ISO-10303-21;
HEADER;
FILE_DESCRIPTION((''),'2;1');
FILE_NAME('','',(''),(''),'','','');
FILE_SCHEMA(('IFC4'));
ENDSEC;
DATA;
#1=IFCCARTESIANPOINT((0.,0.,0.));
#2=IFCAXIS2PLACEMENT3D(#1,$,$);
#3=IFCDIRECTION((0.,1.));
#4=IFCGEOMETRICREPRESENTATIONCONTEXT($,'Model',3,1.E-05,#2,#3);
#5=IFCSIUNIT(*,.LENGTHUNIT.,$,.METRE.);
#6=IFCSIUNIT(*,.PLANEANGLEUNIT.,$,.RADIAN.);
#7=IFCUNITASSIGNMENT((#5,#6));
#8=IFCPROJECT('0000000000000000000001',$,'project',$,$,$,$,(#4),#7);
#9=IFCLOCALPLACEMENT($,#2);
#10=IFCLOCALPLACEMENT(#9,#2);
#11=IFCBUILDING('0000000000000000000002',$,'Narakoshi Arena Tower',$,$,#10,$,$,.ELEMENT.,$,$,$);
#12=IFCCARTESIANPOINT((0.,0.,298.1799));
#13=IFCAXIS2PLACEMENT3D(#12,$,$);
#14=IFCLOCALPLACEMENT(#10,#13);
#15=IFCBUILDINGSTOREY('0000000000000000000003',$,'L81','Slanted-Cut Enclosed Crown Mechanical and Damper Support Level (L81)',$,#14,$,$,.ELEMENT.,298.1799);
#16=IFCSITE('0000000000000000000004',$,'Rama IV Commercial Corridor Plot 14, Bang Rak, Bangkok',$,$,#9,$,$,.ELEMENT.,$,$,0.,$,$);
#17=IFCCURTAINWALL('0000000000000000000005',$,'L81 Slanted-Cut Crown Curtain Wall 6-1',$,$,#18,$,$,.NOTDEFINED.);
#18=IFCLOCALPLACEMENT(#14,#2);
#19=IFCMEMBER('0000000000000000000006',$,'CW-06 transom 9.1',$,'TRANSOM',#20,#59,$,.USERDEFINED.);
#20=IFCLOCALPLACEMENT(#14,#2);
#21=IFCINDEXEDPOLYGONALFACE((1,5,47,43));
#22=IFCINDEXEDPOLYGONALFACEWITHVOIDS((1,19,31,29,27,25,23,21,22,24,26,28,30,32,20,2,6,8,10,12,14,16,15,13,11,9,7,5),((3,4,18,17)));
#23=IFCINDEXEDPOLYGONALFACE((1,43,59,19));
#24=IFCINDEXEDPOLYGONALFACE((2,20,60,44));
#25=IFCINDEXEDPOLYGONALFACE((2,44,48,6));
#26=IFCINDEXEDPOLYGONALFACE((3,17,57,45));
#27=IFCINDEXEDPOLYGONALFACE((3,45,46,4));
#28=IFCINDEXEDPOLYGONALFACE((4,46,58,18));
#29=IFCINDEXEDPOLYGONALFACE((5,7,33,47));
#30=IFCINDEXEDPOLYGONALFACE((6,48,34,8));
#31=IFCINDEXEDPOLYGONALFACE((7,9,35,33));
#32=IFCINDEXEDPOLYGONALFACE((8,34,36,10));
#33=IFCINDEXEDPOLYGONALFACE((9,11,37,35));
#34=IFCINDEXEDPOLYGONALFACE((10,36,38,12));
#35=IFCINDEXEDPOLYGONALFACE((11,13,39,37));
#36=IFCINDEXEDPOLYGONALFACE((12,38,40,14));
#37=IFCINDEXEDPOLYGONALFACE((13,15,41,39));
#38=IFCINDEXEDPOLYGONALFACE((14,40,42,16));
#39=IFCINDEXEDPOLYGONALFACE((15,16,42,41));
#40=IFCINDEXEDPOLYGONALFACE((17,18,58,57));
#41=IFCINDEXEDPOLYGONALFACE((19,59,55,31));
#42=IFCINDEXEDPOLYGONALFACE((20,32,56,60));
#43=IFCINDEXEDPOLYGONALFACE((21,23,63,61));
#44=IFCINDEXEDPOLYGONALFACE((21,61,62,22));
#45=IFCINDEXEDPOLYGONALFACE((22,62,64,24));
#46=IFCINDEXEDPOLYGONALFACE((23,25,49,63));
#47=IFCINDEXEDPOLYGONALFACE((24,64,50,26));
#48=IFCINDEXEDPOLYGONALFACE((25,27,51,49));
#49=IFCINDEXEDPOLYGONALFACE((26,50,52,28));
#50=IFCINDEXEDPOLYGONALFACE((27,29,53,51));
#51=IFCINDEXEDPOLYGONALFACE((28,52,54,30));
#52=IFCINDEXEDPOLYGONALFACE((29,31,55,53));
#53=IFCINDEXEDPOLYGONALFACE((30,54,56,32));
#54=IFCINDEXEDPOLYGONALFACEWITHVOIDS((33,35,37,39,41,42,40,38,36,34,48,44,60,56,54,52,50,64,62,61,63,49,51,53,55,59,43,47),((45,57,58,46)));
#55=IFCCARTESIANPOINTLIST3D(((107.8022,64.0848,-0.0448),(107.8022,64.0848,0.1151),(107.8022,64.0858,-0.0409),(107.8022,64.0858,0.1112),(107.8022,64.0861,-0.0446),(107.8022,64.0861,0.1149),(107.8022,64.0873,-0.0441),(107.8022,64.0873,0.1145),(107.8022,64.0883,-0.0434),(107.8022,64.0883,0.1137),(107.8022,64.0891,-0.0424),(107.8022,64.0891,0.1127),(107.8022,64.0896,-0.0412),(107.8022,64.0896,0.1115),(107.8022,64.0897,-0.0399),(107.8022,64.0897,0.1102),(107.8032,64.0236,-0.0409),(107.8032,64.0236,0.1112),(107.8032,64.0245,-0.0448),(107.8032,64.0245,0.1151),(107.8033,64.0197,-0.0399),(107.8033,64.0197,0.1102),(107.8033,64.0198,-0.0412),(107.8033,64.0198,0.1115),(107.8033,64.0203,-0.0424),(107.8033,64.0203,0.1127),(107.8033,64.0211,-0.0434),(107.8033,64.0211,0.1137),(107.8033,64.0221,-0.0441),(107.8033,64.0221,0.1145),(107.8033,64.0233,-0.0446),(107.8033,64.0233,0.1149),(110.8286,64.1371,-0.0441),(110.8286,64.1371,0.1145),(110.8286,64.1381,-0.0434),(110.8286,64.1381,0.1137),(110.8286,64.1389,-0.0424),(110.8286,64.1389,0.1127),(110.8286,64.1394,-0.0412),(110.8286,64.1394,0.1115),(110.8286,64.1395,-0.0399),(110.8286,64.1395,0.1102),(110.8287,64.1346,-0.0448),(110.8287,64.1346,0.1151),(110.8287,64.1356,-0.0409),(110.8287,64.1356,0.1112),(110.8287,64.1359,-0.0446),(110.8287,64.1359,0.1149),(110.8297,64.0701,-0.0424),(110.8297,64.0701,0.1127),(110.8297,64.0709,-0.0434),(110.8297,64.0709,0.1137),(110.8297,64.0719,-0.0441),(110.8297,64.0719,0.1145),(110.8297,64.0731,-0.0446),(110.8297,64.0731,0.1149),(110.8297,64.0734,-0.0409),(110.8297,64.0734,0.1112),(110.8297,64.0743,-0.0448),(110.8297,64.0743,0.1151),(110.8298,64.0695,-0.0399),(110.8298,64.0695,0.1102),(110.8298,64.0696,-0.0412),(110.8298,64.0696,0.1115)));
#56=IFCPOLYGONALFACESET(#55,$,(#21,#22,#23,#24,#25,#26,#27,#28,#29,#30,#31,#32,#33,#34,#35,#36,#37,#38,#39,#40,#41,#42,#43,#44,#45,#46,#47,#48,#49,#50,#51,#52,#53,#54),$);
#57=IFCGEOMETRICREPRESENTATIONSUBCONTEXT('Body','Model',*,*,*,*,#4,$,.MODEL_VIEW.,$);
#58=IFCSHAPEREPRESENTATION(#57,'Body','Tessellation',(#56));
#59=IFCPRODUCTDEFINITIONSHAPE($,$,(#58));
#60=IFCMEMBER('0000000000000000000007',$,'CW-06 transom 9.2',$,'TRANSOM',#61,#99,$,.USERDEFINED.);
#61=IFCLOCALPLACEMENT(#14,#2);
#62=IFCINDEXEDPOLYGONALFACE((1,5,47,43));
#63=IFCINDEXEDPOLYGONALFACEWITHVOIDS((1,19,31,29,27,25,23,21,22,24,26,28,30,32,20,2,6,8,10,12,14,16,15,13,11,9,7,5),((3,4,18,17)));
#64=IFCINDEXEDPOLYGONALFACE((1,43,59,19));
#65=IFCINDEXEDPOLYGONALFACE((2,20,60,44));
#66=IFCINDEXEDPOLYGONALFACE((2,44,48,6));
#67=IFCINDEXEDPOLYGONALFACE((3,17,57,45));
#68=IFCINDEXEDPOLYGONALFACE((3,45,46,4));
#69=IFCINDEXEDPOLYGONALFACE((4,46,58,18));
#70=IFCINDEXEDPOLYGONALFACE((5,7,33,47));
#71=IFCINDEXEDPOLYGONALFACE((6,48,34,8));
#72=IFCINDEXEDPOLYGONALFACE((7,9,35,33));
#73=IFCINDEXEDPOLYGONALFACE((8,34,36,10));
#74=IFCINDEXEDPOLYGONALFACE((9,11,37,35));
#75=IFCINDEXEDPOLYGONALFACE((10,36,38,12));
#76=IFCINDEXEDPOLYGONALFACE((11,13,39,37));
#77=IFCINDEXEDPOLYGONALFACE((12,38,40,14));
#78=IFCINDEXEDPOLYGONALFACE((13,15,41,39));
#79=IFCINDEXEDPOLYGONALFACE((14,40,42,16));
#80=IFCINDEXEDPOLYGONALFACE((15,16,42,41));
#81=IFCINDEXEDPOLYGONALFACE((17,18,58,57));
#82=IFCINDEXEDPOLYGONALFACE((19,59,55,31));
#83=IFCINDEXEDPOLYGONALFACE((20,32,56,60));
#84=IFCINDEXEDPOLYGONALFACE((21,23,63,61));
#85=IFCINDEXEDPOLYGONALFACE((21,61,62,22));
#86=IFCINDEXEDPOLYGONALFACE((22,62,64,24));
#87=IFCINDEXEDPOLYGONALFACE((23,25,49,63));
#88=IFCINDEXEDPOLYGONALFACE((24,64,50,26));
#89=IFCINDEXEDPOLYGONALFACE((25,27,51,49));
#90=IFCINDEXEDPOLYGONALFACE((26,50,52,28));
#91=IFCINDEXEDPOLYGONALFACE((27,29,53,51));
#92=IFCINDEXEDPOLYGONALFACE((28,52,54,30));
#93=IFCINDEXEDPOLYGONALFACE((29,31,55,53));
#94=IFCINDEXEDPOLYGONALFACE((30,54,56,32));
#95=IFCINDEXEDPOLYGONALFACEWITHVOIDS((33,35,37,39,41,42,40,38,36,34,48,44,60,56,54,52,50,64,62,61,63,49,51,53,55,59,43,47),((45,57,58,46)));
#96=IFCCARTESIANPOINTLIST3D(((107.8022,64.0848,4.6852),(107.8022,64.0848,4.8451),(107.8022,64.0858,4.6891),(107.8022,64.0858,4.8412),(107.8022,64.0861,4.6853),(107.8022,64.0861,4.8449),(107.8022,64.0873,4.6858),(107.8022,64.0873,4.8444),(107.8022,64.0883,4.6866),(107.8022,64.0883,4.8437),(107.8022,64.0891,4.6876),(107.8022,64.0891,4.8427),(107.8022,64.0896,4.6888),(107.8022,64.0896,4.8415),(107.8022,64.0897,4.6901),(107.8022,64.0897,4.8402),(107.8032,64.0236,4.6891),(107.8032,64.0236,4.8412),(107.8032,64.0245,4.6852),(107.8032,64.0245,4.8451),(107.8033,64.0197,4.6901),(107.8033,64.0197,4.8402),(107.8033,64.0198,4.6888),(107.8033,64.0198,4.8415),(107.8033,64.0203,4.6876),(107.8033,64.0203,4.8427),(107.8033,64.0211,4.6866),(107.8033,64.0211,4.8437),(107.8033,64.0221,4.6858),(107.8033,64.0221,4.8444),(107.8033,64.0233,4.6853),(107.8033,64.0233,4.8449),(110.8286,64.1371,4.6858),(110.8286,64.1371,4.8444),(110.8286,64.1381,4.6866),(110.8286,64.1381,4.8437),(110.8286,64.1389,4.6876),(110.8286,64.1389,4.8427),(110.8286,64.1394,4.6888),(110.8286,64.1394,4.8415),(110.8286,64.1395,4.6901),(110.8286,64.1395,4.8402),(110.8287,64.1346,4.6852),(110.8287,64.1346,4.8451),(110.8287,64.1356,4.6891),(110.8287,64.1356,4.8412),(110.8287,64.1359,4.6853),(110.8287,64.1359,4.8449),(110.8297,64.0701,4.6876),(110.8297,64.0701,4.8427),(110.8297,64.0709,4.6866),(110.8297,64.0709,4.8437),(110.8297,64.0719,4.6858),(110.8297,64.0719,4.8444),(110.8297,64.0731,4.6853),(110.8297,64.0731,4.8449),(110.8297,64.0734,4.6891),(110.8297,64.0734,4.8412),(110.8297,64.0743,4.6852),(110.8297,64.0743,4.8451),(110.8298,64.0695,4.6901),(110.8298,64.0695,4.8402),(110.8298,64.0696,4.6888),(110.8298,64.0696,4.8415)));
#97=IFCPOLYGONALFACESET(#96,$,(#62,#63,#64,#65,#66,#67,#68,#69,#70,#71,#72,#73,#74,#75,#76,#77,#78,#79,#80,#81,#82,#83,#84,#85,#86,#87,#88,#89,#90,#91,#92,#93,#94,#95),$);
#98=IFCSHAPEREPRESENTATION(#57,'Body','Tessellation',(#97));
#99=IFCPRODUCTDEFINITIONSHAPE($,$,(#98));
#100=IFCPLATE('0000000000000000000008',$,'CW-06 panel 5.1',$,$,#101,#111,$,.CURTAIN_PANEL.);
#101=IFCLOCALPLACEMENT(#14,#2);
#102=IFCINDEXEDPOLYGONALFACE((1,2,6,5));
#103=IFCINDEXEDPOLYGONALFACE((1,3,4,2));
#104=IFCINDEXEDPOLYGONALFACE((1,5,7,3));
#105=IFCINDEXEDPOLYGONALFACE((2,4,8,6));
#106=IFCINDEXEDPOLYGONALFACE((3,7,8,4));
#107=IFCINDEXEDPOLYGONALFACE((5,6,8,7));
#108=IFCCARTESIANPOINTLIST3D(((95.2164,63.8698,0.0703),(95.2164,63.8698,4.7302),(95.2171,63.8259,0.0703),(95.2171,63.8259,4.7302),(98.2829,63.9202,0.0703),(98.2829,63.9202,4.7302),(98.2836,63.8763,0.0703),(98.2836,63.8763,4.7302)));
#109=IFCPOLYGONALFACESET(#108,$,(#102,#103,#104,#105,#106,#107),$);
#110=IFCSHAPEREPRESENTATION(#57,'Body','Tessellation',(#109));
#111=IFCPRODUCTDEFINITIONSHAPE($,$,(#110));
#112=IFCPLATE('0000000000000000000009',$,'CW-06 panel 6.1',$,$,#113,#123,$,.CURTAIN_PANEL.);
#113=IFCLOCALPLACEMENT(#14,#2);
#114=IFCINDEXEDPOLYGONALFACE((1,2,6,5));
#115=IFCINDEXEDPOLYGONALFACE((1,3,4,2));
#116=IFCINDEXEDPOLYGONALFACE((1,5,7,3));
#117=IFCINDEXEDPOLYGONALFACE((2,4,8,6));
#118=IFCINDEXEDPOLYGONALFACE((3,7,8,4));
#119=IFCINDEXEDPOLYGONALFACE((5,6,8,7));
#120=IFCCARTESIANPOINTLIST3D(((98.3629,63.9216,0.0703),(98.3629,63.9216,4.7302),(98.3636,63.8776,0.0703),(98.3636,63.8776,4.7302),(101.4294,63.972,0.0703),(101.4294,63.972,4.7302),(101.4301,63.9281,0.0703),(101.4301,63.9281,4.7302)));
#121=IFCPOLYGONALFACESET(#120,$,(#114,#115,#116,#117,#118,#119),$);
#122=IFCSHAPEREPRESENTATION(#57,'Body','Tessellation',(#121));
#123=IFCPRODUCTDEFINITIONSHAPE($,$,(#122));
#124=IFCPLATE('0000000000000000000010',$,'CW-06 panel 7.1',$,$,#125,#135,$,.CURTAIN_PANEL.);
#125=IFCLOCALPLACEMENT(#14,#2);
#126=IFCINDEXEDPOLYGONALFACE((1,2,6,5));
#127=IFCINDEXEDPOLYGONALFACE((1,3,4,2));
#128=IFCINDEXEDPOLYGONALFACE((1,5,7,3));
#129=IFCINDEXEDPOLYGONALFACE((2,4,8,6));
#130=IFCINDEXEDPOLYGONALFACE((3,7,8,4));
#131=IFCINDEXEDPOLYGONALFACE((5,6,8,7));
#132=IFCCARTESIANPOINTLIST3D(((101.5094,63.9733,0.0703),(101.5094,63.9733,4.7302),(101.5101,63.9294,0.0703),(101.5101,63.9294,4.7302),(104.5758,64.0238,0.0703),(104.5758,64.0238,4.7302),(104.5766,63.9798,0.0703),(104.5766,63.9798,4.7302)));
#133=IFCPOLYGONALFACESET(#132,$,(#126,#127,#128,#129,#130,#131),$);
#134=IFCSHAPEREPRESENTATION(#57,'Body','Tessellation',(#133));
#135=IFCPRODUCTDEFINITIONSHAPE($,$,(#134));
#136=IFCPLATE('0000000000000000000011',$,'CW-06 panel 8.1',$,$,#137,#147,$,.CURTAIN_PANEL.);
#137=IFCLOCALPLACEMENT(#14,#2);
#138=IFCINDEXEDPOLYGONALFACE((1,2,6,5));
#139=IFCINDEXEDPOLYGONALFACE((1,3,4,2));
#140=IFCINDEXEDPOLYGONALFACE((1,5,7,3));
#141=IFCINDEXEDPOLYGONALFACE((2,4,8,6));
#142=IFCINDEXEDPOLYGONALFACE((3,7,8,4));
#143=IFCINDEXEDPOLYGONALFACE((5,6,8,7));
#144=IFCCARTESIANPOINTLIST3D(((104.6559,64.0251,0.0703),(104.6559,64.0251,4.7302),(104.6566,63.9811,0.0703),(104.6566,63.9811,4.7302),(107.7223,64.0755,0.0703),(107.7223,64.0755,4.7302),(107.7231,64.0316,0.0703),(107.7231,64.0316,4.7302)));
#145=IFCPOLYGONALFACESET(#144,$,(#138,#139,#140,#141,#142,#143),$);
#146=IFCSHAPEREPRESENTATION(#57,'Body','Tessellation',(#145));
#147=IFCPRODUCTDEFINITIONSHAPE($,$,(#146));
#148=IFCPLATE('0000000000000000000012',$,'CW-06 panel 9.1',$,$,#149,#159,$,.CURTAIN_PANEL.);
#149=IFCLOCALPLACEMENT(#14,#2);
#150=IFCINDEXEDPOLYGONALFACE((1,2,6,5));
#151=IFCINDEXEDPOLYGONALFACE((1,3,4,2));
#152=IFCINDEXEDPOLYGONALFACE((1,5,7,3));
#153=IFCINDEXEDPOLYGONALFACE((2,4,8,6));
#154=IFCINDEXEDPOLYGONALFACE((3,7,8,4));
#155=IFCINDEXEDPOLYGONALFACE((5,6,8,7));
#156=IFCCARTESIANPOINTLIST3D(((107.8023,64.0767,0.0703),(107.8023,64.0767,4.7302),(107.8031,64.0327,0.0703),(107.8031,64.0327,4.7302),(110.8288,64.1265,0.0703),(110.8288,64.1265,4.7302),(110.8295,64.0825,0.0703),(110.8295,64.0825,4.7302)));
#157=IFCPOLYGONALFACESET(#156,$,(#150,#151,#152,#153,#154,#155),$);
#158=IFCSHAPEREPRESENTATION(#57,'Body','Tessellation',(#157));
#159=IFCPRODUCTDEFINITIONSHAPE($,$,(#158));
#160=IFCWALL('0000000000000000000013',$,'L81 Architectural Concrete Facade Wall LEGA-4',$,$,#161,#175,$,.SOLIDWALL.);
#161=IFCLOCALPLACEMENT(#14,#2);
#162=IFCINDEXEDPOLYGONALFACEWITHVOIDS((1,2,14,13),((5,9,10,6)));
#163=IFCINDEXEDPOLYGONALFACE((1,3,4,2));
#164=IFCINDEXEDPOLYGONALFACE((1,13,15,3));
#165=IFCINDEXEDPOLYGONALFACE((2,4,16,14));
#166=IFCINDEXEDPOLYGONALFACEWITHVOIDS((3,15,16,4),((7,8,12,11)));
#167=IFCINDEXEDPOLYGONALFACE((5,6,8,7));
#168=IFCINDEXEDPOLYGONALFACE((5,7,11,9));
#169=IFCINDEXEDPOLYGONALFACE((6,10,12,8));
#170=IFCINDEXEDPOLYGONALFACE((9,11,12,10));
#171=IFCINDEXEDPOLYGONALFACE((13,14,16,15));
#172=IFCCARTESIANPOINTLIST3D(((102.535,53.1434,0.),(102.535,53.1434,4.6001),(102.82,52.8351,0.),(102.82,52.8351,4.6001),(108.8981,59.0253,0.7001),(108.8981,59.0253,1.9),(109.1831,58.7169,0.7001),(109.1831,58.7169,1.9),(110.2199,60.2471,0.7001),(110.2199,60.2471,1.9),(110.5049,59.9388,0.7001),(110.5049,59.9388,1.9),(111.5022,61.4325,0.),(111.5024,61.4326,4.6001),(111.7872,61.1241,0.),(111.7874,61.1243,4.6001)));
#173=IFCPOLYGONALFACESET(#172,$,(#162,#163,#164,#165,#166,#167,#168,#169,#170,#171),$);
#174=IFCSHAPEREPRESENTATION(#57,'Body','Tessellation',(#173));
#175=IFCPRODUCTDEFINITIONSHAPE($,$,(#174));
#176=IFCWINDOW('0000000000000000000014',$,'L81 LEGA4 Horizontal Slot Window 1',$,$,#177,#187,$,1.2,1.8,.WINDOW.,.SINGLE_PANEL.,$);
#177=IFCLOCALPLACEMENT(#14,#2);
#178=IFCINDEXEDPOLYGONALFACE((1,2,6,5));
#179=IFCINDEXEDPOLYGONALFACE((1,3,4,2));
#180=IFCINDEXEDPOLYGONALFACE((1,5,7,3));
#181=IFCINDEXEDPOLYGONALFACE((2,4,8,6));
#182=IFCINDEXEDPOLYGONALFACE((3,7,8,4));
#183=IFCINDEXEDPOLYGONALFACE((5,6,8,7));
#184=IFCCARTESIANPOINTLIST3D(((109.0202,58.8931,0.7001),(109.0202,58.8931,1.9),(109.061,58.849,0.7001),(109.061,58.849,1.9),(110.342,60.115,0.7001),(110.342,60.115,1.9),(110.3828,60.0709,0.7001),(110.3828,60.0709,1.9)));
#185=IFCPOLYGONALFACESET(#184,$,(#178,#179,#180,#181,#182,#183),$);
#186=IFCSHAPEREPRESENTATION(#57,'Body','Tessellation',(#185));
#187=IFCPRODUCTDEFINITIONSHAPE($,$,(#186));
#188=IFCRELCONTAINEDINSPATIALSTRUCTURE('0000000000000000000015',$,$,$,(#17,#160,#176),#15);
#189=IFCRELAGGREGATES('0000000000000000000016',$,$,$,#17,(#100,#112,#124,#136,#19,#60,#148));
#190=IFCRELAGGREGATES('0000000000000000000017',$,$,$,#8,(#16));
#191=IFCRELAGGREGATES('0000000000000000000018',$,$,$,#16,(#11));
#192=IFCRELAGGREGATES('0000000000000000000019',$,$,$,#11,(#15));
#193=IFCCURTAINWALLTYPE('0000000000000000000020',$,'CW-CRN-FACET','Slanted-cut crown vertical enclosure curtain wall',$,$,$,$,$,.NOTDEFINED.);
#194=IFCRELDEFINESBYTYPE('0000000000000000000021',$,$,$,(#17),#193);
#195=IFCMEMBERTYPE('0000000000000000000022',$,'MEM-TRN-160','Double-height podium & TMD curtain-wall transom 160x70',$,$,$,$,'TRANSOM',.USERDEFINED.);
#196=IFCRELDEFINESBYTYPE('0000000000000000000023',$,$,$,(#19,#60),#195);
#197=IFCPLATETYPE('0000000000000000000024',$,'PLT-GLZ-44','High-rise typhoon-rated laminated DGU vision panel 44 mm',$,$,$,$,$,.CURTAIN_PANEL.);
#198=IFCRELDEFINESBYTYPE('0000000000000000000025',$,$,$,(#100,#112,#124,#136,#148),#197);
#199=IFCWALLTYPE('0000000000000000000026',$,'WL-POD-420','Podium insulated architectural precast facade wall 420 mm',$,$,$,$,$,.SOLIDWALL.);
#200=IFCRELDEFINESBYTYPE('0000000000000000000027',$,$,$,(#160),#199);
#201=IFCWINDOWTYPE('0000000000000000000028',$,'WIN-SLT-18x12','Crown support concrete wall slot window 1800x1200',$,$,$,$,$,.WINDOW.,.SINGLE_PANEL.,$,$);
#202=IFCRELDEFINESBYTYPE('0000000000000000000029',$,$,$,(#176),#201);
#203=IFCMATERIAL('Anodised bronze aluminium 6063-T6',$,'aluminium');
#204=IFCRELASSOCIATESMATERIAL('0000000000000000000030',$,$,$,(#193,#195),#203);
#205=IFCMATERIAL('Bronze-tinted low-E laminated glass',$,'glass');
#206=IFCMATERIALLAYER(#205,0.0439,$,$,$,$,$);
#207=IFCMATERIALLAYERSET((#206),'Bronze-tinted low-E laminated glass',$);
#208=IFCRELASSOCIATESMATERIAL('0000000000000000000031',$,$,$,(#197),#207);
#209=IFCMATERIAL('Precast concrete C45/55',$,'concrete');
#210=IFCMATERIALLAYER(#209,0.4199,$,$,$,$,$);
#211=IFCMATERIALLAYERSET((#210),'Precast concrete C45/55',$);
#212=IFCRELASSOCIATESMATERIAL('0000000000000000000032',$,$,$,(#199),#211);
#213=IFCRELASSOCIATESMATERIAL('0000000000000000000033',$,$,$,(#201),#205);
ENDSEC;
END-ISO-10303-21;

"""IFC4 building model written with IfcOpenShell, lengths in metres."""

from ifc_helpers import new_model, si_unit, direction, frame, frame_2d, origin, origin_2d, place, context, subcontext, project, spatial, polyline, rectangle, hollow_rectangle, outline, extrude, material, layer, layer_set, material_profile, profile_set, type_object, element, fill, aggregate, save


model = new_model("IFC4")

# Units and contexts
model_context = context("Model", 3, precision=1e-05, world=origin(), true_north=direction((0.0, 1.0)))
body_context = subcontext(model_context, "Body", "Model", "MODEL_VIEW")
ifc_project = project(units=[si_unit("LENGTHUNIT", "METRE"), si_unit("PLANEANGLEUNIT", "RADIAN")], contexts=[model_context])

# Site, building, storey
site_placement = place(None, origin())
site = spatial("IfcSite", under=ifc_project, at=site_placement, Name="Rama IV Commercial Corridor Plot 14, Bang Rak, Bangkok", CompositionType="ELEMENT", RefElevation=0.0)
building_placement = place(site_placement, origin())
building = spatial("IfcBuilding", under=site, at=building_placement, Name="Narakoshi Arena Tower", CompositionType="ELEMENT")
storey_placement = place(building_placement, frame((0.0, 0.0, 298.1799)))
storey = spatial("IfcBuildingStorey", under=building, at=storey_placement, Name="L81", Description="Slanted-Cut Enclosed Crown Mechanical and Damper Support Level (L81)", CompositionType="ELEMENT", Elevation=298.1799)

# Curtain wall, members, plates
ifc_material_1 = material(Name="Anodised bronze aluminium 6063-T6", Category="aluminium")
curtain_wall_type = type_object("IfcCurtainWallType", Name="CW-CRN-FACET", Description="Slanted-cut crown vertical enclosure curtain wall", PredefinedType="NOTDEFINED", material=ifc_material_1)
curtain_wall_placement = place(storey_placement, origin())
curtain_wall = element("IfcCurtainWall", 1, at=curtain_wall_placement, inside=storey, type_object=curtain_wall_type, Name="L81 Slanted-Cut Crown Curtain Wall 6-1", PredefinedType="NOTDEFINED")
ifc_material_profile_1 = material_profile(ifc_material_1, hollow_rectangle(XDim=0.0701, YDim=0.1599, WallThickness=0.0039, OuterFilletRadius=0.0049, at=origin_2d()), Name="TRN160x70x4")
ifc_profile_set_1 = profile_set([ifc_material_profile_1], Name="Anodised bronze aluminium 6063-T6")
member_type_1 = type_object("IfcMemberType", Name="MEM-TRN-160", Description="Double-height podium & TMD curtain-wall transom 160x70", ElementType="TRANSOM", PredefinedType="USERDEFINED", material=ifc_profile_set_1)
member_1_placement = place(storey_placement, frame((107.8027, 64.0547, 0.0352), z_axis=(0.999865, 0.016455, 0.0), x_axis=(-0.016455, 0.999865, 0.0)))
member_1 = element("IfcMember", 2, at=member_1_placement, type_object=member_type_1, Name="CW-06 transom 9.1", ObjectType="TRANSOM", PredefinedType="USERDEFINED", context=body_context, shape_type="SweptSolid", body=[
    extrude(hollow_rectangle(XDim=0.0701, YDim=0.1599, WallThickness=0.0039, OuterFilletRadius=0.0049, at=origin_2d()), origin(), (0.0, 0.0, 1.0), 3.0269),
])
member_2_placement = place(storey_placement, frame((107.8027, 64.0547, 4.7651), z_axis=(0.999865, 0.016455, 0.0), x_axis=(-0.016455, 0.999865, 0.0)))
member_2 = element("IfcMember", 3, at=member_2_placement, type_object=member_type_1, Name="CW-06 transom 9.2", ObjectType="TRANSOM", PredefinedType="USERDEFINED", context=body_context, shape_type="SweptSolid", body=[
    extrude(hollow_rectangle(XDim=0.0701, YDim=0.1599, WallThickness=0.0039, OuterFilletRadius=0.0049, at=origin_2d()), origin(), (0.0, 0.0, 1.0), 3.0269),
])
ifc_material_2 = material(Name="Bronze-tinted low-E laminated glass", Category="glass")
ifc_layer_1 = layer(ifc_material_2, 0.0439)
ifc_layer_set_1 = layer_set([ifc_layer_1], Name="Bronze-tinted low-E laminated glass")
plate_type = type_object("IfcPlateType", Name="PLT-GLZ-44", Description="High-rise typhoon-rated laminated DGU vision panel 44 mm", PredefinedType="CURTAIN_PANEL", material=ifc_layer_set_1)
plate_1_placement = place(storey_placement, frame((96.75, 63.873, 0.0703), z_axis=(0.0, 0.0, 1.0), x_axis=(0.999865, 0.016447, 0.0)))
plate_1 = element("IfcPlate", 4, at=plate_1_placement, type_object=plate_type, Name="CW-06 panel 5.1", PredefinedType="CURTAIN_PANEL", context=body_context, shape_type="SweptSolid", body=[
    extrude(rectangle(XDim=3.0669, YDim=0.0439, at=origin_2d()), origin(), (0.0, 0.0, 1.0), 4.6599),
])
plate_2_placement = place(storey_placement, frame((99.8965, 63.9248, 0.0703), z_axis=(0.0, 0.0, 1.0), x_axis=(0.999865, 0.016447, 0.0)))
plate_2 = element("IfcPlate", 5, at=plate_2_placement, type_object=plate_type, Name="CW-06 panel 6.1", PredefinedType="CURTAIN_PANEL", context=body_context, shape_type="SweptSolid", body=[
    extrude(rectangle(XDim=3.0669, YDim=0.0439, at=origin_2d()), origin(), (0.0, 0.0, 1.0), 4.6599),
])
plate_3_placement = place(storey_placement, frame((103.043, 63.9766, 0.0703), z_axis=(0.0, 0.0, 1.0), x_axis=(0.999865, 0.016447, 0.0)))
plate_3 = element("IfcPlate", 6, at=plate_3_placement, type_object=plate_type, Name="CW-06 panel 7.1", PredefinedType="CURTAIN_PANEL", context=body_context, shape_type="SweptSolid", body=[
    extrude(rectangle(XDim=3.0669, YDim=0.0439, at=origin_2d()), origin(), (0.0, 0.0, 1.0), 4.6599),
])
plate_4_placement = place(storey_placement, frame((106.1895, 64.0283, 0.0703), z_axis=(0.0, 0.0, 1.0), x_axis=(0.999865, 0.016447, 0.0)))
plate_4 = element("IfcPlate", 7, at=plate_4_placement, type_object=plate_type, Name="CW-06 panel 8.1", PredefinedType="CURTAIN_PANEL", context=body_context, shape_type="SweptSolid", body=[
    extrude(rectangle(XDim=3.0669, YDim=0.0439, at=origin_2d()), origin(), (0.0, 0.0, 1.0), 4.6599),
])
plate_5_placement = place(storey_placement, frame((109.3159, 64.0796, 0.0703), z_axis=(0.0, 0.0, 1.0), x_axis=(0.999865, 0.016447, 0.0)))
plate_5 = element("IfcPlate", 8, at=plate_5_placement, type_object=plate_type, Name="CW-06 panel 9.1", PredefinedType="CURTAIN_PANEL", context=body_context, shape_type="SweptSolid", body=[
    extrude(rectangle(XDim=3.0269, YDim=0.0439, at=origin_2d()), origin(), (0.0, 0.0, 1.0), 4.6599),
])
aggregate(curtain_wall, [plate_1, plate_2, plate_3, plate_4, member_1, member_2, plate_5])

# Wall, opening, window
ifc_material_3 = material(Name="Precast concrete C45/55", Category="concrete")
ifc_layer_2 = layer(ifc_material_3, 0.4199)
ifc_layer_set_2 = layer_set([ifc_layer_2], Name="Precast concrete C45/55")
wall_type = type_object("IfcWallType", Name="WL-POD-420", Description="Podium insulated architectural precast facade wall 420 mm", PredefinedType="SOLIDWALL", material=ifc_layer_set_2)
wall_placement = place(storey_placement, frame((102.6775, 52.9893, 0.0), z_axis=(0.0, 0.0, 1.0), x_axis=(0.734331, 0.678791, 0.0)))
wall = element("IfcWall", 9, at=wall_placement, inside=storey, type_object=wall_type, Name="L81 Architectural Concrete Facade Wall LEGA-4", PredefinedType="SOLIDWALL", context=body_context, shape_type="SweptSolid", body=[
    extrude(outline(polyline([(0.0, 0.0), (12.2114, 0.0), (12.2117, 4.6001), (0.0, 4.6001), (0.0, 0.0)])), frame((0.0, 0.21, 0.0), z_axis=(0.0, -1.0, 0.0), x_axis=(1.0, 0.0, 0.0)), (0.0, 0.0, 1.0), 0.4199),
])
opening_placement = place(wall_placement, frame((8.6653, 0.0, 0.7)))
opening = element("IfcOpeningElement", 10, at=opening_placement, cuts=wall, PredefinedType="OPENING", context=body_context, shape_type="SweptSolid", body=[
    extrude(rectangle(XDim=1.8, YDim=1.2, at=frame_2d((0.8999, 0.6001))), frame((0.0, 0.22, 0.0), z_axis=(0.0, -1.0, 0.0), x_axis=(1.0, 0.0, 0.0)), (0.0, 0.0, 1.0), 0.4399),
])
window_type = type_object("IfcWindowType", Name="WIN-SLT-18x12", Description="Crown support concrete wall slot window 1800x1200", PartitioningType="SINGLE_PANEL", PredefinedType="WINDOW", material=ifc_material_2)
window_placement = place(opening_placement, origin())
window = element("IfcWindow", 11, at=window_placement, inside=storey, type_object=window_type, Name="L81 LEGA4 Horizontal Slot Window 1", OverallHeight=1.2, OverallWidth=1.8, PartitioningType="SINGLE_PANEL", PredefinedType="WINDOW", context=body_context, shape_type="SweptSolid", body=[
    extrude(rectangle(XDim=1.8, YDim=1.2, at=frame_2d((0.8999, 0.6001))), frame((0.0, 0.03, 0.0), z_axis=(0.0, -1.0, 0.0), x_axis=(1.0, 0.0, 0.0)), (0.0, 0.0, 1.0), 0.0601),
])
fill(opening, window)

save(model, "model.ifc")
